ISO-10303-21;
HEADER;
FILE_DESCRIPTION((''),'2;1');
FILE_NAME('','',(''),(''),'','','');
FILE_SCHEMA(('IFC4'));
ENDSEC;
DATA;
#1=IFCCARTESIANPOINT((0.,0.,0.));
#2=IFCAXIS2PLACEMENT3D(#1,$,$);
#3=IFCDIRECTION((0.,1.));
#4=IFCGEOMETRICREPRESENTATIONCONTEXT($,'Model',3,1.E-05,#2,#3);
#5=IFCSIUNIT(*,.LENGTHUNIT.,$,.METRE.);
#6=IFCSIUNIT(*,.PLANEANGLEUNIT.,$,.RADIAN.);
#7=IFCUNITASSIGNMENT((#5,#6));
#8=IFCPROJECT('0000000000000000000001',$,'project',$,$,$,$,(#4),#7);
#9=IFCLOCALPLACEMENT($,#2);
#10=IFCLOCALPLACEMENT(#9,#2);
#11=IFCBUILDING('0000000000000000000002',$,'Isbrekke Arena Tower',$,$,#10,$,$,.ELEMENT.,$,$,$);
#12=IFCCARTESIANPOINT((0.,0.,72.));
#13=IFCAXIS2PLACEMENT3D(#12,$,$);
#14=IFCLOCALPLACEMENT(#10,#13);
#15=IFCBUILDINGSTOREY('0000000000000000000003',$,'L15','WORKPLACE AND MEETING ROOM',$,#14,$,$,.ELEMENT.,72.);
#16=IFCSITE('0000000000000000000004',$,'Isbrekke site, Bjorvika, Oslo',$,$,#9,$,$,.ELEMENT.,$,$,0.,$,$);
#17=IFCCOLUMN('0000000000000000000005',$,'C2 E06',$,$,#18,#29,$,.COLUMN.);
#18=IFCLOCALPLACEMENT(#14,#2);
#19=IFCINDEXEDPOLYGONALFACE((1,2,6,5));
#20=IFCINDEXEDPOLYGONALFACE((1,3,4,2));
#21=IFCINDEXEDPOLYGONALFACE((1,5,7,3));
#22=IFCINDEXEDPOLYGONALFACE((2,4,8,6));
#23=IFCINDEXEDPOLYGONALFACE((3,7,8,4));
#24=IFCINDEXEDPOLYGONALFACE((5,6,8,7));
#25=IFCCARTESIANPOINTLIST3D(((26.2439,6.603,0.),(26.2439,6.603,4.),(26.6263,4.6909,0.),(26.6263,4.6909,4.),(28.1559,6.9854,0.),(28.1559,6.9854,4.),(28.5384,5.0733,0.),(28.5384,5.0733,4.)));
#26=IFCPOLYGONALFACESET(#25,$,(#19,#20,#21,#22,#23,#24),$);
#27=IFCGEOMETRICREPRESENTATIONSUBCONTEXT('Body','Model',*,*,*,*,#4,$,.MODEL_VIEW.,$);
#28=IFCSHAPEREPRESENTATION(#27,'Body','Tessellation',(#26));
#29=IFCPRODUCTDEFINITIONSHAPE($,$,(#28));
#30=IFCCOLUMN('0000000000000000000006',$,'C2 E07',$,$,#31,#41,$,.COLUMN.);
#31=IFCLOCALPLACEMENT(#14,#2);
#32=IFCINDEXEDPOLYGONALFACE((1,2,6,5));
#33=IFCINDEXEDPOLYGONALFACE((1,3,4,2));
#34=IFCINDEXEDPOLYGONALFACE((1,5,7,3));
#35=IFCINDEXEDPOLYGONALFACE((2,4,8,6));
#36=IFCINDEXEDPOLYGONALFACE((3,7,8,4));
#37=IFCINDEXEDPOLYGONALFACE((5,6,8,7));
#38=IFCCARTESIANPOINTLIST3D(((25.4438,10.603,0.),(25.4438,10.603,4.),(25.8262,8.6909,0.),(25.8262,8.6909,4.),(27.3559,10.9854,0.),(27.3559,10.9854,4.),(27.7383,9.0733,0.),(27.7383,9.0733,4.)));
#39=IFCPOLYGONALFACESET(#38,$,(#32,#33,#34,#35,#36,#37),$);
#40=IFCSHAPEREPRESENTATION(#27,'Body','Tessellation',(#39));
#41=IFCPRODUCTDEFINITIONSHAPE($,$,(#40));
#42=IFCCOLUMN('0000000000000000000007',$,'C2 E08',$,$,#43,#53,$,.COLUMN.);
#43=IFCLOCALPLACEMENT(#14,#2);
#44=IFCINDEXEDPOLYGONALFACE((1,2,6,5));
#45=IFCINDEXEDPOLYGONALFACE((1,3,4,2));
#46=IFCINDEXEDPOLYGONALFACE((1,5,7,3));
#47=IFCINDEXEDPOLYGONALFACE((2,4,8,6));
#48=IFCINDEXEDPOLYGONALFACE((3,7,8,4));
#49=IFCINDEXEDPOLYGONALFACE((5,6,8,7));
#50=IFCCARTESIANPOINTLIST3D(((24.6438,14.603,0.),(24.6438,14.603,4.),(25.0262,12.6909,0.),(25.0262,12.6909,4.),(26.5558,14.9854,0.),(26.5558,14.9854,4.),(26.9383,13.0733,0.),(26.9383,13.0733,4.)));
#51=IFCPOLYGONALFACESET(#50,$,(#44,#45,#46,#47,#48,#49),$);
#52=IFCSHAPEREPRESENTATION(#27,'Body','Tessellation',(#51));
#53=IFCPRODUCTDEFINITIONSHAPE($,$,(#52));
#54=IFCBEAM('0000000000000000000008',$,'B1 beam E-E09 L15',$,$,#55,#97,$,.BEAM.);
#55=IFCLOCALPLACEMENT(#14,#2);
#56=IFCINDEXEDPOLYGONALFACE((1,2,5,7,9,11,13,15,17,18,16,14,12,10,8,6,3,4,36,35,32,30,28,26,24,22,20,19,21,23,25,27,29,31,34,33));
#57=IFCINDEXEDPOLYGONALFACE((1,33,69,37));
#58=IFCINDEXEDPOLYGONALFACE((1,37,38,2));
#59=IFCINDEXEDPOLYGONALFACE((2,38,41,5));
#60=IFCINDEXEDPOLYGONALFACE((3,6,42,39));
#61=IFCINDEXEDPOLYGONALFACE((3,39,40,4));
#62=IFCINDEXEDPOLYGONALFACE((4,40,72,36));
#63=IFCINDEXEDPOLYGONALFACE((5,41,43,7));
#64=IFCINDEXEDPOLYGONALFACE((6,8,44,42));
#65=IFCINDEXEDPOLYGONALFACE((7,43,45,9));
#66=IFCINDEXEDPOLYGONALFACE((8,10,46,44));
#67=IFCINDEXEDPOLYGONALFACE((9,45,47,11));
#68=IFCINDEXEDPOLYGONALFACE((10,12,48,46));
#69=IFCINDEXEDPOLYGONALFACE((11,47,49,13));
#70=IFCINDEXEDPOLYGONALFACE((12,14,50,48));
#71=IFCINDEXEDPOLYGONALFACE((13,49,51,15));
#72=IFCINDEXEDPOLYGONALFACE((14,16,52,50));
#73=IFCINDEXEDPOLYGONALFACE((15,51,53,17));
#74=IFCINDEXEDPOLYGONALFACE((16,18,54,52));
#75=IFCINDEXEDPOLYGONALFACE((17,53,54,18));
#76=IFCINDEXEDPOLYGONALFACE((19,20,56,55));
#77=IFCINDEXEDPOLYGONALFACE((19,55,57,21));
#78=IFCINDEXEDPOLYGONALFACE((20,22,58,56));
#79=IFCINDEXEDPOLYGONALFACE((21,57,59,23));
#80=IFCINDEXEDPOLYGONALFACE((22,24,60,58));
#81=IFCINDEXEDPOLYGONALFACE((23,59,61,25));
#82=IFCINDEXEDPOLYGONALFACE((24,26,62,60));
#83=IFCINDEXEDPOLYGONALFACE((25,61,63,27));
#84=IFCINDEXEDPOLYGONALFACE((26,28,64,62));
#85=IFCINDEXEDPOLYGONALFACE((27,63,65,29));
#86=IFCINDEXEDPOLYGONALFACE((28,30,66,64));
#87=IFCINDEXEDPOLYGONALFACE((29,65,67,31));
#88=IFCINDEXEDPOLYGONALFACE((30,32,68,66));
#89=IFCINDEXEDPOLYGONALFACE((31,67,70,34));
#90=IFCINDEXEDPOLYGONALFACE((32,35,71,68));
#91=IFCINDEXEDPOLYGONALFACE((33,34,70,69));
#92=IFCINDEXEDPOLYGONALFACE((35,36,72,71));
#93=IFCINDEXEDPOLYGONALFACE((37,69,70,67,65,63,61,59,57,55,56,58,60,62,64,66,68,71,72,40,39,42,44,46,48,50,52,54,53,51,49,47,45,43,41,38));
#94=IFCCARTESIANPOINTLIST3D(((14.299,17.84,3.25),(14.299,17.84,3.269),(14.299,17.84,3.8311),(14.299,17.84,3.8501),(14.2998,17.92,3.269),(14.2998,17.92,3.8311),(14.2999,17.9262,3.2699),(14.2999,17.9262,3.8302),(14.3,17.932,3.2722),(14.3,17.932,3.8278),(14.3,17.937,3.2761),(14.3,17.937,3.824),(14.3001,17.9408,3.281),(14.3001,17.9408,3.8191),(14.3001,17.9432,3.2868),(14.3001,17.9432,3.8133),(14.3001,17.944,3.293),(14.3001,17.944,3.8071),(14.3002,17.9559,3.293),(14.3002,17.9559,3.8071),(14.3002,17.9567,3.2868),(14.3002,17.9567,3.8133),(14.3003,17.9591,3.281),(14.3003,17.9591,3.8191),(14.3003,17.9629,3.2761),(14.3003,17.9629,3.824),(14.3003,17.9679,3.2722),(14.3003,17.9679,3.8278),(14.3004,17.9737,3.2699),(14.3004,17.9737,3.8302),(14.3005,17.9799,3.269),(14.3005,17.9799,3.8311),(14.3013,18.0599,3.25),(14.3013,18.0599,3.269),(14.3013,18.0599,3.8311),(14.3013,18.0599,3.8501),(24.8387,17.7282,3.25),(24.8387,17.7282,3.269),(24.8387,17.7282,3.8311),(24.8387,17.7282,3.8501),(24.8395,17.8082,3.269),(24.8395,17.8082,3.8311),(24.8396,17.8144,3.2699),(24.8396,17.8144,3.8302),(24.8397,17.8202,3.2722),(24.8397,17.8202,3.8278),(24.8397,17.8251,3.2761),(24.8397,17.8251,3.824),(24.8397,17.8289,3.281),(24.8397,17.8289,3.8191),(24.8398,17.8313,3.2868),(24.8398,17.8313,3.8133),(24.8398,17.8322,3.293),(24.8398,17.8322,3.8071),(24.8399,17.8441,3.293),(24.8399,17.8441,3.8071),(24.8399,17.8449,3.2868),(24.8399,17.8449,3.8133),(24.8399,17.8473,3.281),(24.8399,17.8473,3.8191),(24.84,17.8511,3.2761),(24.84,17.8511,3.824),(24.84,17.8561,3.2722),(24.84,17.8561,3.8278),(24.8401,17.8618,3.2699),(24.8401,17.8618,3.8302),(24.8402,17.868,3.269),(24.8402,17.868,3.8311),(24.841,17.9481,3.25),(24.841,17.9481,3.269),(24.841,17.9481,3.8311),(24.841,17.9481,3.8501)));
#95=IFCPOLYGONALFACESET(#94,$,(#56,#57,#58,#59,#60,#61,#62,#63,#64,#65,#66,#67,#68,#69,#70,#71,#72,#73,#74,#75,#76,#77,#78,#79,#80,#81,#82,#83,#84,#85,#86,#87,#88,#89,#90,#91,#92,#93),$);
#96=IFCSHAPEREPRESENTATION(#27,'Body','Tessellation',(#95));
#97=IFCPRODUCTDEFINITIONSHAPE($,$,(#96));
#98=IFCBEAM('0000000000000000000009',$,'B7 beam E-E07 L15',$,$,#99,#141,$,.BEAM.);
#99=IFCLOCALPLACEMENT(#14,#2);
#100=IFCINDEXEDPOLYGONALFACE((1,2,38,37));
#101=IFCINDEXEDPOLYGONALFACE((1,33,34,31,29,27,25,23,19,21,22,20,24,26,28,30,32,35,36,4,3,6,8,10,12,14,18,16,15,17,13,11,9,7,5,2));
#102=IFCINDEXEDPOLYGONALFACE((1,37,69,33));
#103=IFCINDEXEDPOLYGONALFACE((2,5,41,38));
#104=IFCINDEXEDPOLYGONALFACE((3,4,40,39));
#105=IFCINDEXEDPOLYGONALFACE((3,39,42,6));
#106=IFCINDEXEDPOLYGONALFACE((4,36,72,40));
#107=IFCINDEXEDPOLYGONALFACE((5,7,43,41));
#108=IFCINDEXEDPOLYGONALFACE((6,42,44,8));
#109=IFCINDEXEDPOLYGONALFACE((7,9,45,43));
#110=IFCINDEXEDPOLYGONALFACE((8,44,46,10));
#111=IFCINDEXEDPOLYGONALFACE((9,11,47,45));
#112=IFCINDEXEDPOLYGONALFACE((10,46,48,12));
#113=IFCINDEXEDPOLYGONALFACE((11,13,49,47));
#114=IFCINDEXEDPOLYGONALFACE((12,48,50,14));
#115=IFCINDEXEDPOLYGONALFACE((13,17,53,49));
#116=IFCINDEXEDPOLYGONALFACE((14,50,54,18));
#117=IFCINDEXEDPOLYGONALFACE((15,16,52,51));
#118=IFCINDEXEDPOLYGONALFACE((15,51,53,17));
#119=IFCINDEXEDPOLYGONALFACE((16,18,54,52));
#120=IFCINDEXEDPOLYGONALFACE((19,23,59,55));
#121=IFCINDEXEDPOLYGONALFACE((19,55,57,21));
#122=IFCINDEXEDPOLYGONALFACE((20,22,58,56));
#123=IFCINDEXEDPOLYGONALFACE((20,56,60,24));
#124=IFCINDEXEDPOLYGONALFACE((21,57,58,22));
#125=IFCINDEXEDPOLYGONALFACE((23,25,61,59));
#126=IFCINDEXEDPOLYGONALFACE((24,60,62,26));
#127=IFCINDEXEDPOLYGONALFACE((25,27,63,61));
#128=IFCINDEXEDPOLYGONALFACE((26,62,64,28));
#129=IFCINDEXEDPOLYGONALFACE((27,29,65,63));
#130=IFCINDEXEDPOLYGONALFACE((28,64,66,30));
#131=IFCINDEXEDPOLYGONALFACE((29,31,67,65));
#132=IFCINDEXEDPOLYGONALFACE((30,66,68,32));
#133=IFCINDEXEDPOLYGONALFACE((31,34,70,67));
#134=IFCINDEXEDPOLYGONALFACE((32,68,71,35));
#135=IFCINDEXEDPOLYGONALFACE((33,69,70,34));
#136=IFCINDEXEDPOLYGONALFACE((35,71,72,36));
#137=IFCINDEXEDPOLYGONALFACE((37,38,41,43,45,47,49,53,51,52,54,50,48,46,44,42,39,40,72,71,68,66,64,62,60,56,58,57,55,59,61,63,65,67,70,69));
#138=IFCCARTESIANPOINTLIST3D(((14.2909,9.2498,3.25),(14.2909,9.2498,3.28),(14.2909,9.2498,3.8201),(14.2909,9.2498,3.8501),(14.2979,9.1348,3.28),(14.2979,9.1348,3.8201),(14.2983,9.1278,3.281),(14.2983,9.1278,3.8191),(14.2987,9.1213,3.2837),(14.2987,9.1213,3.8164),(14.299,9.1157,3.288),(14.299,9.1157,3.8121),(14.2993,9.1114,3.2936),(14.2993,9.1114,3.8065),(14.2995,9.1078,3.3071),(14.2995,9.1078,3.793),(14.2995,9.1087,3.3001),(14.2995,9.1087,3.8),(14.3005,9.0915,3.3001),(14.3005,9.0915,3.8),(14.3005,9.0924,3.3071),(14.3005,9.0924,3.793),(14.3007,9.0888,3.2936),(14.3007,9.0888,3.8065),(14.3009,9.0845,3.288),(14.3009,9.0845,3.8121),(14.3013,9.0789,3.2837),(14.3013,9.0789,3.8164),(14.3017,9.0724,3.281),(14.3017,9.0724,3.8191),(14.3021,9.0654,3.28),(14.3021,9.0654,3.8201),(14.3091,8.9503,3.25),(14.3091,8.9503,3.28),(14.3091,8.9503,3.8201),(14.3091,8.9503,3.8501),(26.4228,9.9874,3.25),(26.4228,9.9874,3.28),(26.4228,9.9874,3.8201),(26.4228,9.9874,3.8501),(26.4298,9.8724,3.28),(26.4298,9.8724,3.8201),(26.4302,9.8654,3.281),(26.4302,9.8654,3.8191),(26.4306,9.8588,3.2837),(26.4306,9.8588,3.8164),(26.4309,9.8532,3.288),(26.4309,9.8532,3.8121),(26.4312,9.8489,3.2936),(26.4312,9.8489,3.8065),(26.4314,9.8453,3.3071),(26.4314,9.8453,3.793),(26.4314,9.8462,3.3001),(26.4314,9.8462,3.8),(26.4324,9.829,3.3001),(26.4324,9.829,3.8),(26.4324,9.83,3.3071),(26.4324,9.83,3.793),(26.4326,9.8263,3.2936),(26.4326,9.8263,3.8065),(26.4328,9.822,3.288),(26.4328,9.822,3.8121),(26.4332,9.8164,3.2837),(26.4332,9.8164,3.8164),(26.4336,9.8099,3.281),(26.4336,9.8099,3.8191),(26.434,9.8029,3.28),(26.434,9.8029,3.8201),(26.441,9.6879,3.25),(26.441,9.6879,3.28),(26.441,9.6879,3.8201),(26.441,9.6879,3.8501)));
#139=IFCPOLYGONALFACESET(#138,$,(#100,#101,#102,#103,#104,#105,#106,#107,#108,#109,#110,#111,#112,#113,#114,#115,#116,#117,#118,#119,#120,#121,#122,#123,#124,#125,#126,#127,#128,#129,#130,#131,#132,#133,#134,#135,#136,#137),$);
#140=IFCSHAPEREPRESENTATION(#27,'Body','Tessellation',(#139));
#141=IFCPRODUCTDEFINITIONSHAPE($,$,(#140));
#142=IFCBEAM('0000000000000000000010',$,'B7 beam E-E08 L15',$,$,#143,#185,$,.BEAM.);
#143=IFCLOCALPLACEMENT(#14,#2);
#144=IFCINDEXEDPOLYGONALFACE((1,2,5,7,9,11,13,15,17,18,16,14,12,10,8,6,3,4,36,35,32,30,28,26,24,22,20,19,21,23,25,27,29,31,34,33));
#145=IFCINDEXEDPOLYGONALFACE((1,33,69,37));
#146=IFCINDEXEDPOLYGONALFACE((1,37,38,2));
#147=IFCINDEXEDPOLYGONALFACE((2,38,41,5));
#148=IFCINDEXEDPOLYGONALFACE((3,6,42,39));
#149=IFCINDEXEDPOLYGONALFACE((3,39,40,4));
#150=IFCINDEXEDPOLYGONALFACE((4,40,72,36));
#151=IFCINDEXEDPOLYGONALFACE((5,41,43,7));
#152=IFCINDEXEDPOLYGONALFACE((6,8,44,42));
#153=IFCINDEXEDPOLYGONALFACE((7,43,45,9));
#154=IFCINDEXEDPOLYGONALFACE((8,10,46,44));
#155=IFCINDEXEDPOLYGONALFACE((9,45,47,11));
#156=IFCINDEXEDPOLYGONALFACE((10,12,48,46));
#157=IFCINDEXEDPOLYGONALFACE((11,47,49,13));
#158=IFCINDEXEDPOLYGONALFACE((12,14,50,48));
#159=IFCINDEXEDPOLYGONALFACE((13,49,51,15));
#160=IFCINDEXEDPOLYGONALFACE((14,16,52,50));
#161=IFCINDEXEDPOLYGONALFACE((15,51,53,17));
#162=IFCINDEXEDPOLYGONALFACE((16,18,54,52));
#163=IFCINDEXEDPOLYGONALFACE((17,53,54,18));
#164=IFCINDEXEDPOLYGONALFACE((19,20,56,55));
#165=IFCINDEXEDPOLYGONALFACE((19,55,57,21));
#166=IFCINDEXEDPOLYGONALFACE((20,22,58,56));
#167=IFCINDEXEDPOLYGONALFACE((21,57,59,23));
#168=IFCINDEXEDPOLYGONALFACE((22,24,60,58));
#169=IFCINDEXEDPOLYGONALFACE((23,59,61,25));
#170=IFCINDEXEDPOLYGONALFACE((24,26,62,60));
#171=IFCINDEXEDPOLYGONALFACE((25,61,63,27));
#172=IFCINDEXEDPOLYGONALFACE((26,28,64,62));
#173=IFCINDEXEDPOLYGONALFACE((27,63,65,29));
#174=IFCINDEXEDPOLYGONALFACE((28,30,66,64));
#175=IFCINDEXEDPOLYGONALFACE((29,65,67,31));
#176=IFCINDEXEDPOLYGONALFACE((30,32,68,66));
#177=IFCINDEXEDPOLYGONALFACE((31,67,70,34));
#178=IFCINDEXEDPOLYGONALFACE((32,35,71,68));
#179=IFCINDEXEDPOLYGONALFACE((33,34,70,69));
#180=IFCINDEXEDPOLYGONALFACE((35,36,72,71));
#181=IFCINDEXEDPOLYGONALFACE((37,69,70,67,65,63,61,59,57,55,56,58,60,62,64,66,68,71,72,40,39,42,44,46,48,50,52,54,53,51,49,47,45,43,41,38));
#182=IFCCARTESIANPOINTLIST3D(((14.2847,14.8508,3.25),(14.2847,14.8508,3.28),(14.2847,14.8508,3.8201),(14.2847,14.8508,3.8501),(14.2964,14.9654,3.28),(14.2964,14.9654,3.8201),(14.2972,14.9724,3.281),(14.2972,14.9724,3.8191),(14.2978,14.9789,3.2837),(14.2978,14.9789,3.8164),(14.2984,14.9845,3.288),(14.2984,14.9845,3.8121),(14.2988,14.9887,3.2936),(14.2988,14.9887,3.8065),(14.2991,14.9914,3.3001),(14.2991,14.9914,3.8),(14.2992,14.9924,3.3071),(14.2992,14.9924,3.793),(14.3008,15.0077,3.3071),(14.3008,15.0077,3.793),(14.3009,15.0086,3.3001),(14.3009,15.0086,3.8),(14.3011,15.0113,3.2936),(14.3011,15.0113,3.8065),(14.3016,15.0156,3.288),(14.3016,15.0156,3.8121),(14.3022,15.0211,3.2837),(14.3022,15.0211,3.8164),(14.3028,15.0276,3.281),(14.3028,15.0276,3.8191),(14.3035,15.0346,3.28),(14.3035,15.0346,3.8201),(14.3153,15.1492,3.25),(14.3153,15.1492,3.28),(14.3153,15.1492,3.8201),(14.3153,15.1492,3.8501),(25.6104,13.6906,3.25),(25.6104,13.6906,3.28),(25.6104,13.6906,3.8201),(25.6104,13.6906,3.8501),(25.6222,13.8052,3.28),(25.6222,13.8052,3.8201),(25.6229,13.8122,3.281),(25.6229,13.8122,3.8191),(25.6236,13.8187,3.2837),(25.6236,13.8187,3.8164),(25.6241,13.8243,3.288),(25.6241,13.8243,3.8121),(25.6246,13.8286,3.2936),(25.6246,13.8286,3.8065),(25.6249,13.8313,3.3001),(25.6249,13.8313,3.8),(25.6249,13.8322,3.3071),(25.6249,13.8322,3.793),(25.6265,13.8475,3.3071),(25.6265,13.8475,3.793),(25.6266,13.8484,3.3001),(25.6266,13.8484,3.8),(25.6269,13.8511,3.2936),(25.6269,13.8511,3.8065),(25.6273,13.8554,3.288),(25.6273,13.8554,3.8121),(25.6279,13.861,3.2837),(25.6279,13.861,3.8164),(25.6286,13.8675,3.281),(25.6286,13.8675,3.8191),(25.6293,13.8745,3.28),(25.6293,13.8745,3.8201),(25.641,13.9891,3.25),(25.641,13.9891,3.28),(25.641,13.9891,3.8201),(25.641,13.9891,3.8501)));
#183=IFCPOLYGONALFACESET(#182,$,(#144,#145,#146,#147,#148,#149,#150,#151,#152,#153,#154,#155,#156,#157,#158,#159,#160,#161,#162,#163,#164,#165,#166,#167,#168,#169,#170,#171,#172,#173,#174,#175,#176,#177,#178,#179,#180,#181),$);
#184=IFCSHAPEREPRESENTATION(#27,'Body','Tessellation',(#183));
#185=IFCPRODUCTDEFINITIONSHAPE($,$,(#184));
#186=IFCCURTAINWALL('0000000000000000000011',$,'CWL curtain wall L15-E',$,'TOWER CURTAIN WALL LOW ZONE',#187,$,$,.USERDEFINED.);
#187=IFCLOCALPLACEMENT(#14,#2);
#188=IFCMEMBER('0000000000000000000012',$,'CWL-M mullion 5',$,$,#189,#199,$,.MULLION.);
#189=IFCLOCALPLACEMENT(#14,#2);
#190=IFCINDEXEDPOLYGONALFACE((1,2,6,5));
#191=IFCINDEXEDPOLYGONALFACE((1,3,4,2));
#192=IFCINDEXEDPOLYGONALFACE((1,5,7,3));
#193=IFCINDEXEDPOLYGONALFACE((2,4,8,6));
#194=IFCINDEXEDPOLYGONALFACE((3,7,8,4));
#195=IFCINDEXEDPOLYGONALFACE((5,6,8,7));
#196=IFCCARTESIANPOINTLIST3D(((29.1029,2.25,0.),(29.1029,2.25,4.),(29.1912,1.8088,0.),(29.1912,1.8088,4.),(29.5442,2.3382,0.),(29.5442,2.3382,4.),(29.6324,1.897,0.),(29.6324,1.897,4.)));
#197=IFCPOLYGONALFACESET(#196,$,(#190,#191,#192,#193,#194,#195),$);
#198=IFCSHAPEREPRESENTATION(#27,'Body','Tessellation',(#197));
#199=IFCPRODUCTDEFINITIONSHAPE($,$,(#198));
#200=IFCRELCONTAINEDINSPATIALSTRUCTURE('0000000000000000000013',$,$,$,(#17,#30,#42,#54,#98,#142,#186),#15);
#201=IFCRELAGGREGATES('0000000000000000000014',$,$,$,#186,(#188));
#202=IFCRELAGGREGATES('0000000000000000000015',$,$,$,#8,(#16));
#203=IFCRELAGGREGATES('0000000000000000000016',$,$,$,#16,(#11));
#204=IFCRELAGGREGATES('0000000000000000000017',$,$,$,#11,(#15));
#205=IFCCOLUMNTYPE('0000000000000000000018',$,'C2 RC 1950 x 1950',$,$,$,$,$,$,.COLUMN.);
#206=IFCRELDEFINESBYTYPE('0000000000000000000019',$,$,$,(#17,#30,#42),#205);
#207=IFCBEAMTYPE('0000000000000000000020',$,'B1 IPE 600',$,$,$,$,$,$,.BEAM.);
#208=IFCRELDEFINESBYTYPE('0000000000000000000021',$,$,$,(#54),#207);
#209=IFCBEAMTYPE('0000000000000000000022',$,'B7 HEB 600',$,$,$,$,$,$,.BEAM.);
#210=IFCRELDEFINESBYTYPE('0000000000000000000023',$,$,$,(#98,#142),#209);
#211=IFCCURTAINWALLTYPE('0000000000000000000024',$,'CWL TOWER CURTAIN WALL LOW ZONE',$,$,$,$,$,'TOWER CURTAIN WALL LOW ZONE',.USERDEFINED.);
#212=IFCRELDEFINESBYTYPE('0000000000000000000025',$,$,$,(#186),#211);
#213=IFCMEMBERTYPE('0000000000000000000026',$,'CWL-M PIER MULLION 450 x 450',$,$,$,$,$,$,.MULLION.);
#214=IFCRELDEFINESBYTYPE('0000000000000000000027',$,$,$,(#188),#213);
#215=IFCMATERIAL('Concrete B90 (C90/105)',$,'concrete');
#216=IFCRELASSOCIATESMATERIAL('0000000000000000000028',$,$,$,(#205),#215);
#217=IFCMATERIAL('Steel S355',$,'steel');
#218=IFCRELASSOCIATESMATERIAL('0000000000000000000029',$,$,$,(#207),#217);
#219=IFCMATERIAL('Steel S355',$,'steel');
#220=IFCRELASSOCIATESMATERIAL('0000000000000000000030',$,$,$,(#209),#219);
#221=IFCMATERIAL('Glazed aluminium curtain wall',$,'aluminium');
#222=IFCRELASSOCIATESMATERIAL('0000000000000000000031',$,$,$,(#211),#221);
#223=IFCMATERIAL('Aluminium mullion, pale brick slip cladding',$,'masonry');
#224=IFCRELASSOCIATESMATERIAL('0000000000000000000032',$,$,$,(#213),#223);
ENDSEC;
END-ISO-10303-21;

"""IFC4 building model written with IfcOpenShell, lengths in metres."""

from ifc_helpers import new_model, si_unit, direction, frame, origin, origin_2d, place, context, subcontext, project, spatial, rectangle, i_section, extrude, material, material_profile, profile_set, type_object, element, aggregate, save


model = new_model("IFC4")

# Units and contexts
model_context = context("Model", 3, precision=1e-05, world=origin(), true_north=direction((0.0, 1.0)))
body_context = subcontext(model_context, "Body", "Model", "MODEL_VIEW")
ifc_project = project(units=[si_unit("LENGTHUNIT", "METRE"), si_unit("PLANEANGLEUNIT", "RADIAN")], contexts=[model_context])

# Site, building, storey
site_placement = place(None, origin())
site = spatial("IfcSite", under=ifc_project, at=site_placement, Name="Isbrekke site, Bjorvika, Oslo", CompositionType="ELEMENT", RefElevation=0.0)
building_placement = place(site_placement, origin())
building = spatial("IfcBuilding", under=site, at=building_placement, Name="Isbrekke Arena Tower", CompositionType="ELEMENT")
storey_placement = place(building_placement, frame((0.0, 0.0, 72.0)))
storey = spatial("IfcBuildingStorey", under=building, at=storey_placement, Name="L15", Description="WORKPLACE AND MEETING ROOM", CompositionType="ELEMENT", Elevation=72.0)

# Columns
ifc_material_1 = material(Name="Concrete B90 (C90/105)", Category="concrete")
ifc_material_profile_1 = material_profile(ifc_material_1, rectangle(XDim=1.95, YDim=1.95, at=origin_2d()), Name="RC 1950x1950")
ifc_profile_set_1 = profile_set([ifc_material_profile_1], Name="Concrete B90 (C90/105)")
column_type = type_object("IfcColumnType", Name="C2 RC 1950 x 1950", PredefinedType="COLUMN", material=ifc_profile_set_1)
for number, where, z_axis, x_axis, name in (
    (1, (27.3911, 5.8381, 0.0), (0.0, 0.0, 1.0), (-0.196116, 0.980581, 0.0), "C2 E06"),
    (2, (26.5911, 9.8381, 0.0), (0.0, 0.0, 1.0), (-0.196116, 0.980581, 0.0), "C2 E07"),
    (3, (25.791, 13.8381, 0.0), (0.0, 0.0, 1.0), (-0.196116, 0.980581, 0.0), "C2 E08"),
):
    element("IfcColumn", number, at=place(storey_placement, frame(where, z_axis=z_axis, x_axis=x_axis)), inside=storey, type_object=column_type, Name=name, PredefinedType="COLUMN", context=body_context, shape_type="SweptSolid", body=[
        extrude(rectangle(XDim=1.95, YDim=1.95, at=origin_2d()), origin(), (0.0, 0.0, 1.0), 4.0),
    ])

# Beams
ifc_material_2 = material(Name="Steel S355", Category="steel")
ifc_material_profile_2 = material_profile(ifc_material_2, i_section(OverallWidth=0.22, OverallDepth=0.6001, WebThickness=0.012, FlangeThickness=0.019, FilletRadius=0.0239, at=origin_2d()), Name="IPE 600")
ifc_profile_set_2 = profile_set([ifc_material_profile_2], Name="Steel S355")
beam_type_1 = type_object("IfcBeamType", Name="B1 IPE 600", PredefinedType="BEAM", material=ifc_profile_set_2)
beam_1_placement = place(storey_placement, frame((24.8398, 17.8381, 3.55), z_axis=(-0.999944, 0.010608, 0.0), x_axis=(-0.010608, -0.999944, 0.0)))
element("IfcBeam", 4, at=beam_1_placement, inside=storey, type_object=beam_type_1, Name="B1 beam E-E09 L15", PredefinedType="BEAM", context=body_context, shape_type="SweptSolid", body=[
    extrude(i_section(OverallWidth=0.22, OverallDepth=0.6001, WebThickness=0.012, FlangeThickness=0.019, FilletRadius=0.0239, at=origin_2d()), origin(), (0.0, 0.0, 1.0), 10.5403),
])
ifc_material_3 = material(Name="Steel S355", Category="steel")
ifc_material_profile_3 = material_profile(ifc_material_3, i_section(OverallWidth=0.3, OverallDepth=0.6001, WebThickness=0.0154, FlangeThickness=0.03, FilletRadius=0.0271, at=origin_2d()), Name="HEB 600")
ifc_profile_set_3 = profile_set([ifc_material_profile_3], Name="Steel S355")
beam_type_2 = type_object("IfcBeamType", Name="B7 HEB 600", PredefinedType="BEAM", material=ifc_profile_set_3)
beam_2_placement = place(storey_placement, frame((26.4319, 9.8376, 3.55), z_axis=(-0.998157, -0.060682, 0.0), x_axis=(0.060682, -0.998157, 0.0)))
element("IfcBeam", 5, at=beam_2_placement, inside=storey, type_object=beam_type_2, Name="B7 beam E-E07 L15", PredefinedType="BEAM", context=body_context, shape_type="SweptSolid", body=[
    extrude(i_section(OverallWidth=0.3, OverallDepth=0.6001, WebThickness=0.0154, FlangeThickness=0.03, FilletRadius=0.0271, at=origin_2d()), origin(), (0.0, 0.0, 1.0), 12.1543),
])
beam_3_placement = place(storey_placement, frame((25.6257, 13.8398, 3.55), z_axis=(-0.994794, 0.101903, 0.0), x_axis=(-0.101903, -0.994794, 0.0)))
element("IfcBeam", 6, at=beam_3_placement, inside=storey, type_object=beam_type_2, Name="B7 beam E-E08 L15", PredefinedType="BEAM", context=body_context, shape_type="SweptSolid", body=[
    extrude(i_section(OverallWidth=0.3, OverallDepth=0.6001, WebThickness=0.0154, FlangeThickness=0.03, FilletRadius=0.0271, at=origin_2d()), origin(), (0.0, 0.0, 1.0), 11.385),
])

# Curtain wall, member
ifc_material_4 = material(Name="Glazed aluminium curtain wall", Category="aluminium")
curtain_wall_type = type_object("IfcCurtainWallType", Name="CWL TOWER CURTAIN WALL LOW ZONE", ElementType="TOWER CURTAIN WALL LOW ZONE", PredefinedType="USERDEFINED", material=ifc_material_4)
curtain_wall_placement = place(storey_placement, origin())
curtain_wall = element("IfcCurtainWall", 7, at=curtain_wall_placement, inside=storey, type_object=curtain_wall_type, Name="CWL curtain wall L15-E", ObjectType="TOWER CURTAIN WALL LOW ZONE", PredefinedType="USERDEFINED")
ifc_material_5 = material(Name="Aluminium mullion, pale brick slip cladding", Category="masonry")
ifc_material_profile_4 = material_profile(ifc_material_5, rectangle(XDim=0.45, YDim=0.45, at=origin_2d()), Name="PIER 450X450")
ifc_profile_set_4 = profile_set([ifc_material_profile_4], Name="Aluminium mullion, pale brick slip cladding")
member_type_1 = type_object("IfcMemberType", Name="CWL-M PIER MULLION 450 x 450", PredefinedType="MULLION", material=ifc_profile_set_4)
member_1_placement = place(storey_placement, frame((29.3677, 2.0735, 0.0), z_axis=(0.0, 0.0, 1.0), x_axis=(-0.196116, 0.980581, 0.0)))
member_1 = element("IfcMember", 8, at=member_1_placement, type_object=member_type_1, Name="CWL-M mullion 5", PredefinedType="MULLION", context=body_context, shape_type="SweptSolid", body=[
    extrude(rectangle(XDim=0.45, YDim=0.45, at=origin_2d()), origin(), (0.0, 0.0, 1.0), 4.0),
])

aggregate(curtain_wall, [member_1])

save(model, "model.ifc")
